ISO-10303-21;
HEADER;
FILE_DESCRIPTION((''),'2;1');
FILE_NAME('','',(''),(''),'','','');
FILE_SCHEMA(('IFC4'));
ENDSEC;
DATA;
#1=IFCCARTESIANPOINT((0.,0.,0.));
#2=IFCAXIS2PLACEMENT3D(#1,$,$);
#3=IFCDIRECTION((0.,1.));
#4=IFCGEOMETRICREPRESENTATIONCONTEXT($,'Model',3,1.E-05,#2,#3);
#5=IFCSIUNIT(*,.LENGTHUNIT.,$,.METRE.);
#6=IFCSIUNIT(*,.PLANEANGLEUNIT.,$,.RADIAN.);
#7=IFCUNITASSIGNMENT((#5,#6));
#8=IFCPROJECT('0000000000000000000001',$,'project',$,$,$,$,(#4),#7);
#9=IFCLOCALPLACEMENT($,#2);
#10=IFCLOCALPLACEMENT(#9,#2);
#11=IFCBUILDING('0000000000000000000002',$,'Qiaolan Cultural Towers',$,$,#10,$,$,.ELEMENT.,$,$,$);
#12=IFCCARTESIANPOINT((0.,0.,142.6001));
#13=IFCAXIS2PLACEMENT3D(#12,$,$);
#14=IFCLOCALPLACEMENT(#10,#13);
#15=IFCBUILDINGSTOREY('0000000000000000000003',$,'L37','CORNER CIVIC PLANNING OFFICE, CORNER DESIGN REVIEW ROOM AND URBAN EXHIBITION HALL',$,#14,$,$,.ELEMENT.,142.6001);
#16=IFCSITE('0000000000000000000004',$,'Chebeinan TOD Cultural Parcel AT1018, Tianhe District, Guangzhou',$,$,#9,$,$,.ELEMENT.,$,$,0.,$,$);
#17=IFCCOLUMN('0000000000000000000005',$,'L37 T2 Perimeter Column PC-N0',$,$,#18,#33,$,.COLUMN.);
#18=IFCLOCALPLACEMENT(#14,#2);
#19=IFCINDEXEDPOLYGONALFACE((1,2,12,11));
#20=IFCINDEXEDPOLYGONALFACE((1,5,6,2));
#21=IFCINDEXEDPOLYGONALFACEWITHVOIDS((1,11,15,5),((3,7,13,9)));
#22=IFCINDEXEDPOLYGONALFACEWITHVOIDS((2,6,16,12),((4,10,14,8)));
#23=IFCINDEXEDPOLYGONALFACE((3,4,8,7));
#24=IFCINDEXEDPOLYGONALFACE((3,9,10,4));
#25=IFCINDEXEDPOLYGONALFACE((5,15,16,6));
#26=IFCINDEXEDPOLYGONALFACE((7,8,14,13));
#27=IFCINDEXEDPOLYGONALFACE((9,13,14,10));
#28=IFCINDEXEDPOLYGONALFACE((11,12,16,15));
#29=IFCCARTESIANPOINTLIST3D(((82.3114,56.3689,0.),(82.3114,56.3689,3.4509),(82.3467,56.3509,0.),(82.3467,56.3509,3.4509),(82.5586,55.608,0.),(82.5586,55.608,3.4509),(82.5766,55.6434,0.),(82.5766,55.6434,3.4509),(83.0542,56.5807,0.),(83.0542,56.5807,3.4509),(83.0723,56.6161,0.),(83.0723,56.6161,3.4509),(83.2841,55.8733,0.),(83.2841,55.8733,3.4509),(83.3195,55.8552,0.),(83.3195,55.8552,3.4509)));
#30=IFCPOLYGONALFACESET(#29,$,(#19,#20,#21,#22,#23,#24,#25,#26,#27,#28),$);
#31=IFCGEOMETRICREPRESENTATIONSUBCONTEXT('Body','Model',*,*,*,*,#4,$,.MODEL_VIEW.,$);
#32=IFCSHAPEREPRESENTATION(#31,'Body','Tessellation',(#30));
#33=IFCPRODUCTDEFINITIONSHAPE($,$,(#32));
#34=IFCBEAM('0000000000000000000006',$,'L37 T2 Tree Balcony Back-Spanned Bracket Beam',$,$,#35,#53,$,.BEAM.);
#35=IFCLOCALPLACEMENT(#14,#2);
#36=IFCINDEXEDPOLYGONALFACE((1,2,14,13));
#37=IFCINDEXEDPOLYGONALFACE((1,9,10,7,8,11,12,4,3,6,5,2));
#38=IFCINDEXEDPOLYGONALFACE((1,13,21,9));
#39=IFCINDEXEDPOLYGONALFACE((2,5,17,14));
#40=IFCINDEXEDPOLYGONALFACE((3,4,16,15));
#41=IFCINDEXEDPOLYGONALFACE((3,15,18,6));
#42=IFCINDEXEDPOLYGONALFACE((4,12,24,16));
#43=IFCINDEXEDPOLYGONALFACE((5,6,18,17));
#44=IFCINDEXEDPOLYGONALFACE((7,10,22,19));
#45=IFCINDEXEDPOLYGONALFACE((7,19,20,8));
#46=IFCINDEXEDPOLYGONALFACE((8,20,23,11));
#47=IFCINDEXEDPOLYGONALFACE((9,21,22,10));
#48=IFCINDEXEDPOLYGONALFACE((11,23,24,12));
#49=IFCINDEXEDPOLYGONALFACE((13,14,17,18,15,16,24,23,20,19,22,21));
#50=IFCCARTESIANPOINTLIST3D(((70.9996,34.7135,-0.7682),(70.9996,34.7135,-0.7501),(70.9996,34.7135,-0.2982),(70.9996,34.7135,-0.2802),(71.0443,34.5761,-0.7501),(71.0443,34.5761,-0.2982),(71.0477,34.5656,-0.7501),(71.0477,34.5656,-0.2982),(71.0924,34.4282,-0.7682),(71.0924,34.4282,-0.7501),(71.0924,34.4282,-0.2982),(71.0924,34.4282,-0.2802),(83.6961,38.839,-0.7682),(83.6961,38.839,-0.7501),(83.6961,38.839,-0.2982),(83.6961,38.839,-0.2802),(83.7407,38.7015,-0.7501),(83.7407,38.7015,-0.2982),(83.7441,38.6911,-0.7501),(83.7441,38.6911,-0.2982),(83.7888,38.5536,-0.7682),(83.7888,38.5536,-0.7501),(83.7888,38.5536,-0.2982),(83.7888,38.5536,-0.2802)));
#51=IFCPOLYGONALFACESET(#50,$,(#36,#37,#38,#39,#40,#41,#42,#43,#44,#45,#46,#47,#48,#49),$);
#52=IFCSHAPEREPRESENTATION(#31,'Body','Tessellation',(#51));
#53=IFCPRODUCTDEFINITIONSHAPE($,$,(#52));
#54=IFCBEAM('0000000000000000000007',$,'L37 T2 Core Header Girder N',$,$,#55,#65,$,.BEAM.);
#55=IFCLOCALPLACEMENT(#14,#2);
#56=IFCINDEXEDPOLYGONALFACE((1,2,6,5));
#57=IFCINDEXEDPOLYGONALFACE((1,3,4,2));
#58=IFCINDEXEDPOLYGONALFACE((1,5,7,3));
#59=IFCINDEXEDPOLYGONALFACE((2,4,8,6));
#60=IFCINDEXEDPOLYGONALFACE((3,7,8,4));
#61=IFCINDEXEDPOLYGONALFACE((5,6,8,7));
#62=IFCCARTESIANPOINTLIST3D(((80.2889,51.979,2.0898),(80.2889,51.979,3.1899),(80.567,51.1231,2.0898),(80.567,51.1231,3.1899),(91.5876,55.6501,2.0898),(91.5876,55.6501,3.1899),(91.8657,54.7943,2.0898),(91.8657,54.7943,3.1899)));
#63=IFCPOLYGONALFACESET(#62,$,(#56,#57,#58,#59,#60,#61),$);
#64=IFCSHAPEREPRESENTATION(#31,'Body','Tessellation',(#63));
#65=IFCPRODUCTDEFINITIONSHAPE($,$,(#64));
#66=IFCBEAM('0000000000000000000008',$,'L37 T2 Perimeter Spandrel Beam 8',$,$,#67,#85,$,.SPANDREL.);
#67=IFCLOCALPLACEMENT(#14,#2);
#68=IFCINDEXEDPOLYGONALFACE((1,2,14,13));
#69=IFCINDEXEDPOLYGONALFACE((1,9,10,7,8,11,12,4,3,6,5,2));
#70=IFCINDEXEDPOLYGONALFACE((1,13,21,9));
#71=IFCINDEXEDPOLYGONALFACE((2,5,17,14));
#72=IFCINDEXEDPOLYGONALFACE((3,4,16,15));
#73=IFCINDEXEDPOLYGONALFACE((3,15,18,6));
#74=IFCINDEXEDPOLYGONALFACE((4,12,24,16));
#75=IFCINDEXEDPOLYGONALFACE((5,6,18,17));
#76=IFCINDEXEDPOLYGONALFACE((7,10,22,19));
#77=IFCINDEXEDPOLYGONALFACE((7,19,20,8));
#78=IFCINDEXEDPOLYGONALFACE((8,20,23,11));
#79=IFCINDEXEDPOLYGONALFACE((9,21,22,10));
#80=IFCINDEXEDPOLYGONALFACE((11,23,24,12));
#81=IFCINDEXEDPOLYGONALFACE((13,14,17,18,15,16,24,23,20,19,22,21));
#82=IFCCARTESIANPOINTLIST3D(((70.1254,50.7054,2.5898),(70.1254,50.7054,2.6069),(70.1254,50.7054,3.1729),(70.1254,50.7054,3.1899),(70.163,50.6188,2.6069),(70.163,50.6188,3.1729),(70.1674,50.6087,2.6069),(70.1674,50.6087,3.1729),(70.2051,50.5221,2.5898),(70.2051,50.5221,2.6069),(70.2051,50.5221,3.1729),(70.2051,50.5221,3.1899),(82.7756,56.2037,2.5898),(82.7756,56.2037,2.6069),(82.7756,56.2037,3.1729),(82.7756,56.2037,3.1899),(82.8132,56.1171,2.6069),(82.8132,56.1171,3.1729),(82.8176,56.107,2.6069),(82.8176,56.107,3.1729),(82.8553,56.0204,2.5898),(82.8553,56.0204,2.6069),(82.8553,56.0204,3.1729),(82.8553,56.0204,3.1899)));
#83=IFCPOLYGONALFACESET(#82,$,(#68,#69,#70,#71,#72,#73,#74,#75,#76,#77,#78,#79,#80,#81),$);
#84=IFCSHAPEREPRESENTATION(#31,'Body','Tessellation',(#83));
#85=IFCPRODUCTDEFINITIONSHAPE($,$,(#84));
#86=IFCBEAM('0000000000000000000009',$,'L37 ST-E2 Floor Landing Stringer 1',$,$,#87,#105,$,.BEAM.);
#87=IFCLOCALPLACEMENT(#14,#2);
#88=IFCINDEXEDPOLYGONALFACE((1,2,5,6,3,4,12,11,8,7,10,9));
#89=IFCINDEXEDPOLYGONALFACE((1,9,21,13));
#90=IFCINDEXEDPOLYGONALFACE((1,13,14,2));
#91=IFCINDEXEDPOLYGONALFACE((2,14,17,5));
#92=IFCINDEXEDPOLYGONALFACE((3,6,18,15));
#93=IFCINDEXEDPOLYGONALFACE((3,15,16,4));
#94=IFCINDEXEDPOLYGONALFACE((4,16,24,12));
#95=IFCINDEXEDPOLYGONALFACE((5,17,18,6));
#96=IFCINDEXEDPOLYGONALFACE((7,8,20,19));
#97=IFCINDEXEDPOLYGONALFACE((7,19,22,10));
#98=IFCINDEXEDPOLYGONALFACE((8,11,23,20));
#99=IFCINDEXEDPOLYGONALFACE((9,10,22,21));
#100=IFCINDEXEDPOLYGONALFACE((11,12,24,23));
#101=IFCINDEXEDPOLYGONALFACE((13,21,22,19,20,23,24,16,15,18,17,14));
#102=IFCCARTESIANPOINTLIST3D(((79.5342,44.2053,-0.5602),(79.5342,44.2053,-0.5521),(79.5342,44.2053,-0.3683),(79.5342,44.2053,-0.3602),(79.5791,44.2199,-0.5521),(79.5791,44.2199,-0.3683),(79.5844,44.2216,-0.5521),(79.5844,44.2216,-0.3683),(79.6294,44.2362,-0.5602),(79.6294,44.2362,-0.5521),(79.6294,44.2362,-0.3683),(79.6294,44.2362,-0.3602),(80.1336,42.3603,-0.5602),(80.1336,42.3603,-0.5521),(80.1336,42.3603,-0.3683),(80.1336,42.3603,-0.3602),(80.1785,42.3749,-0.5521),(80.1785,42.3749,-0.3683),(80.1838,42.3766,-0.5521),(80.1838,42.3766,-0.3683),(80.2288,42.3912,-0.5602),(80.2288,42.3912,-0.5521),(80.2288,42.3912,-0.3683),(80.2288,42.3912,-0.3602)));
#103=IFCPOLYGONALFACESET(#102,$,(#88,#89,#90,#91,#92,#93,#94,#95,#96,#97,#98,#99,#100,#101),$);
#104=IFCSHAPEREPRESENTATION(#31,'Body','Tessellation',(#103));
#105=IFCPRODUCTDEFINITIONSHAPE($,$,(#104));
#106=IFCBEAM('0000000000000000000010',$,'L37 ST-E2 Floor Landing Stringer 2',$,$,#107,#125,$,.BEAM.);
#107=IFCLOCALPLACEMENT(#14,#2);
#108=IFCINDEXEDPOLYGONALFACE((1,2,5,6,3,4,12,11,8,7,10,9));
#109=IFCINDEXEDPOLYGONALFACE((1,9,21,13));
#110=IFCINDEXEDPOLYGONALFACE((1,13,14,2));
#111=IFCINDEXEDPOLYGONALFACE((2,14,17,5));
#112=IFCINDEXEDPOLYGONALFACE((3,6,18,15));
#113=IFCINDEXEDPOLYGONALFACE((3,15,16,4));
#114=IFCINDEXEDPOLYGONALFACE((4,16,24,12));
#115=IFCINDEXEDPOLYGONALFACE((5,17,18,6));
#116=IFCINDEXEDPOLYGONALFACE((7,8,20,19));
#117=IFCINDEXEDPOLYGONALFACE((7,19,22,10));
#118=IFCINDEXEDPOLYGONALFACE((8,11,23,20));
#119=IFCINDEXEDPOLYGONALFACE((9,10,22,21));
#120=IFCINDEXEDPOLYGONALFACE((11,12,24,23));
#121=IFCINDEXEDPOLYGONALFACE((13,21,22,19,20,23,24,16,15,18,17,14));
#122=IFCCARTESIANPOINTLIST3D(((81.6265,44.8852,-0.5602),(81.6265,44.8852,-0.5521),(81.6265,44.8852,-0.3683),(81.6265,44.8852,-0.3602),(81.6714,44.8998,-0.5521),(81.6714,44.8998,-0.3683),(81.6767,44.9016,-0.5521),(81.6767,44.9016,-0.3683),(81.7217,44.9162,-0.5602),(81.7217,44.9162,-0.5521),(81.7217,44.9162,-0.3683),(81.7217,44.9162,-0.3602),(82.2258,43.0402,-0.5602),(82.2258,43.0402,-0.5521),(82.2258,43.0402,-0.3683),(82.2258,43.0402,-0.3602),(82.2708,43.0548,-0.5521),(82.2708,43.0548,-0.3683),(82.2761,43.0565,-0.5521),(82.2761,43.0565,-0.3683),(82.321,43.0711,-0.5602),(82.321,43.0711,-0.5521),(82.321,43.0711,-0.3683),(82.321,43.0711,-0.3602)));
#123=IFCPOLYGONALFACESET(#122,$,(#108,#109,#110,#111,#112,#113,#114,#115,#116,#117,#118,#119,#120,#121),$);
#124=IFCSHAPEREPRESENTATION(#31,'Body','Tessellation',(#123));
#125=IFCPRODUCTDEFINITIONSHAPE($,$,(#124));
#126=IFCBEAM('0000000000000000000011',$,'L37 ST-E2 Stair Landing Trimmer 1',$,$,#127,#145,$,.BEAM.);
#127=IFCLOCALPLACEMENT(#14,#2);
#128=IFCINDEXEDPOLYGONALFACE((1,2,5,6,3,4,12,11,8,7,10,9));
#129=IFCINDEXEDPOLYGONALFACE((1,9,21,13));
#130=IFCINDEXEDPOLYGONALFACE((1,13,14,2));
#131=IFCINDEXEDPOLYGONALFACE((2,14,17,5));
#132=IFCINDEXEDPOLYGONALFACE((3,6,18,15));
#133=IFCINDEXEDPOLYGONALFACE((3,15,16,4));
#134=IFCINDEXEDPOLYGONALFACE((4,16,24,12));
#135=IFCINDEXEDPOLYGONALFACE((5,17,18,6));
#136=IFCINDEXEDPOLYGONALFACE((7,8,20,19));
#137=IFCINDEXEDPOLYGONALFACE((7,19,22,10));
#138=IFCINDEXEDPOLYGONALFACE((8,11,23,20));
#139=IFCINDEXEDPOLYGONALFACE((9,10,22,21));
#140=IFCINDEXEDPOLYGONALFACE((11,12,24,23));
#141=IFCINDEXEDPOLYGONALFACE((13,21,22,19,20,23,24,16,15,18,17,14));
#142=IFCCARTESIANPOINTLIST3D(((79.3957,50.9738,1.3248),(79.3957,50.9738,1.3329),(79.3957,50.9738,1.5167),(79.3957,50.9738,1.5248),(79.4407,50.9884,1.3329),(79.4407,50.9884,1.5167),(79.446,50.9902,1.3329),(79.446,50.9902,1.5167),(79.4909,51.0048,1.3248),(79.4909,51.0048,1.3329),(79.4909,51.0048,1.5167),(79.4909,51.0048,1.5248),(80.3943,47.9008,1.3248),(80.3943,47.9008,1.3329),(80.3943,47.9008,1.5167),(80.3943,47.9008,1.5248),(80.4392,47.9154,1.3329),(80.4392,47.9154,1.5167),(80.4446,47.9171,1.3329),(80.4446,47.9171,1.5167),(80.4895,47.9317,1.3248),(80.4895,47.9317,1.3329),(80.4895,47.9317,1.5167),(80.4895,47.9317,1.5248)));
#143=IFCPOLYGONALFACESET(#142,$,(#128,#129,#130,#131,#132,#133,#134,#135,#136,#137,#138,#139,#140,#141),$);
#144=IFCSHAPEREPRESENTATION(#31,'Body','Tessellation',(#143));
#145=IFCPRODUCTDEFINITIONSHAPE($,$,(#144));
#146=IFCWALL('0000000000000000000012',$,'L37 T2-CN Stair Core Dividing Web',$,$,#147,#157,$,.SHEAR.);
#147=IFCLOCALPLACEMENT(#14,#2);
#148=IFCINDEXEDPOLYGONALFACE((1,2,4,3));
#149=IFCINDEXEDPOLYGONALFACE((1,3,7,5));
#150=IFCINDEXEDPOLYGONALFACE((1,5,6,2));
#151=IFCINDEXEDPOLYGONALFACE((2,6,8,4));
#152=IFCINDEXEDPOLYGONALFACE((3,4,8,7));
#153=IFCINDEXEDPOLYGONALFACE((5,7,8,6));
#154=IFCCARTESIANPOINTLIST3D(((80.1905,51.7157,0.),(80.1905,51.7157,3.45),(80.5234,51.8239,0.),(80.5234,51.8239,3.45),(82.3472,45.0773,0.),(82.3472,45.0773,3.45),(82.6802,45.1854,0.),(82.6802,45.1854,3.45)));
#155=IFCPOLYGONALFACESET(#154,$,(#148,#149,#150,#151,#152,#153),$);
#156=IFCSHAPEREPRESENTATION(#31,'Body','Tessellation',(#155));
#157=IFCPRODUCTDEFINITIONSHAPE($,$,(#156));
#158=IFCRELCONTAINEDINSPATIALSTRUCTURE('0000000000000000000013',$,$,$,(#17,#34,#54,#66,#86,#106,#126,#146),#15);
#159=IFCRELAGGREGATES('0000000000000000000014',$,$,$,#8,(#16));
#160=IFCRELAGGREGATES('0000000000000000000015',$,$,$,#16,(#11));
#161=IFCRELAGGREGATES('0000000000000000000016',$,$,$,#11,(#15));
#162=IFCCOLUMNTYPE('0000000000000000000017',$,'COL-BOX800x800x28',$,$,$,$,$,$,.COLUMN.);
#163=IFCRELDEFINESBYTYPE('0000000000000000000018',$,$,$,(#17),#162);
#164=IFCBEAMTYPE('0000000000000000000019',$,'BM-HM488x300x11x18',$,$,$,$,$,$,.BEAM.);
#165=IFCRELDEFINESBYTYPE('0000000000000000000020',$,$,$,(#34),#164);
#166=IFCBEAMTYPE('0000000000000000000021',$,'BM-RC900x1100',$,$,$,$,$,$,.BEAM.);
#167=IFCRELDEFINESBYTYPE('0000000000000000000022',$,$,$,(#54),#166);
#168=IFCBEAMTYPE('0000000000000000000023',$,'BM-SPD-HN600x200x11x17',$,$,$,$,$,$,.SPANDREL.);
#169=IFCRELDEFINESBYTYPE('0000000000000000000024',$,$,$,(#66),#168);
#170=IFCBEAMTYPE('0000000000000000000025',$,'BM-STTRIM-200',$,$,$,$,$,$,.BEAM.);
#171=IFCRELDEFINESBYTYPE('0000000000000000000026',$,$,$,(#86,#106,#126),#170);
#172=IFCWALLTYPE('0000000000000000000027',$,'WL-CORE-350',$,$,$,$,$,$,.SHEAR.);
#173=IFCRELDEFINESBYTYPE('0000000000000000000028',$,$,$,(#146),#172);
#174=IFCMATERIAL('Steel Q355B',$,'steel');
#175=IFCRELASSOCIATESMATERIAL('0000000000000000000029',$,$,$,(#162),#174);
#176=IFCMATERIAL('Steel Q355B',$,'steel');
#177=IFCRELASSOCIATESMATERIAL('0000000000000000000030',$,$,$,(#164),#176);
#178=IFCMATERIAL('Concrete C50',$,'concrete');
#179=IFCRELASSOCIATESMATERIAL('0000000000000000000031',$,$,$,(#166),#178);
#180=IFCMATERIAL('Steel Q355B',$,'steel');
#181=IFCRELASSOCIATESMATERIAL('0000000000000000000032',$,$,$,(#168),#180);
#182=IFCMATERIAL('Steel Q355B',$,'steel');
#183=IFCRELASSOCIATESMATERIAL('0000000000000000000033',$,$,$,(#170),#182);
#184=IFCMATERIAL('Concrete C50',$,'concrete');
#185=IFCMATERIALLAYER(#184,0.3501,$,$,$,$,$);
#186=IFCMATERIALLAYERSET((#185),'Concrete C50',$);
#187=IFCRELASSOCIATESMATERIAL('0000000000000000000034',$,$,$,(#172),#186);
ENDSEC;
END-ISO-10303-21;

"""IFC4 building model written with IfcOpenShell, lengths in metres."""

from ifc_helpers import new_model, si_unit, direction, frame, frame_2d, origin, origin_2d, place, context, subcontext, project, spatial, rectangle, hollow_rectangle, i_section, extrude, material, layer, layer_set, material_profile, profile_set, type_object, element, save


model = new_model("IFC4")

# Units and contexts
model_context = context("Model", 3, precision=1e-05, world=origin(), true_north=direction((0.0, 1.0)))
body_context = subcontext(model_context, "Body", "Model", "MODEL_VIEW")
ifc_project = project(units=[si_unit("LENGTHUNIT", "METRE"), si_unit("PLANEANGLEUNIT", "RADIAN")], contexts=[model_context])

# Site, building, storey
site_placement = place(None, origin())
site = spatial("IfcSite", under=ifc_project, at=site_placement, Name="Chebeinan TOD Cultural Parcel AT1018, Tianhe District, Guangzhou", CompositionType="ELEMENT", RefElevation=0.0)
building_placement = place(site_placement, origin())
building = spatial("IfcBuilding", under=site, at=building_placement, Name="Qiaolan Cultural Towers", CompositionType="ELEMENT")
storey_placement = place(building_placement, frame((0.0, 0.0, 142.6001)))
storey = spatial("IfcBuildingStorey", under=building, at=storey_placement, Name="L37", Description="CORNER CIVIC PLANNING OFFICE, CORNER DESIGN REVIEW ROOM AND URBAN EXHIBITION HALL", CompositionType="ELEMENT", Elevation=142.6001)

# Column
ifc_material_1 = material(Name="Steel Q355B", Category="steel")
ifc_material_profile_1 = material_profile(ifc_material_1, hollow_rectangle(XDim=0.8, YDim=0.8, WallThickness=0.0281, at=origin_2d()), Name="BOX800x800x28")
ifc_profile_set_1 = profile_set([ifc_material_profile_1], Name="Steel Q355B")
column_type = type_object("IfcColumnType", Name="COL-BOX800x800x28", PredefinedType="COLUMN", material=ifc_profile_set_1)
column_placement = place(storey_placement, frame((82.8154, 56.1121, 0.0), z_axis=(0.0, 0.0, 1.0), x_axis=(0.951057, 0.309017, 0.0)))
element("IfcColumn", 1, at=column_placement, inside=storey, type_object=column_type, Name="L37 T2 Perimeter Column PC-N0", PredefinedType="COLUMN", context=body_context, shape_type="SweptSolid", body=[
    extrude(hollow_rectangle(XDim=0.8, YDim=0.8, WallThickness=0.0281, at=origin_2d()), origin(), (0.0, 0.0, 1.0), 3.4509),
])

# Beams
ifc_material_2 = material(Name="Steel Q355B", Category="steel")
ifc_material_profile_2 = material_profile(ifc_material_2, i_section(OverallWidth=0.3, OverallDepth=0.488, WebThickness=0.011, FlangeThickness=0.0181, at=origin_2d()), Name="HM488x300x11x18")
ifc_profile_set_2 = profile_set([ifc_material_profile_2], Name="Steel Q355B")
beam_type_1 = type_object("IfcBeamType", Name="BM-HM488x300x11x18", PredefinedType="BEAM", material=ifc_profile_set_2)
beam_1_placement = place(storey_placement, frame((83.7424, 38.6963, -0.5242), z_axis=(-0.951054, -0.309026, 0.0), x_axis=(0.309026, -0.951054, 0.0)))
element("IfcBeam", 2, at=beam_1_placement, inside=storey, type_object=beam_type_1, Name="L37 T2 Tree Balcony Back-Spanned Bracket Beam", PredefinedType="BEAM", context=body_context, shape_type="SweptSolid", body=[
    extrude(i_section(OverallWidth=0.3, OverallDepth=0.488, WebThickness=0.011, FlangeThickness=0.0181, at=origin_2d()), origin(), (0.0, 0.0, 1.0), 13.3499),
])
ifc_material_3 = material(Name="Concrete C50", Category="concrete")
ifc_material_profile_3 = material_profile(ifc_material_3, rectangle(XDim=0.8999, YDim=1.1001, at=origin_2d()), Name="RC900x1100")
ifc_profile_set_3 = profile_set([ifc_material_profile_3], Name="Concrete C50")
beam_type_2 = type_object("IfcBeamType", Name="BM-RC900x1100", PredefinedType="BEAM", material=ifc_profile_set_3)
beam_2_placement = place(storey_placement, frame((80.428, 51.551, 2.6399), z_axis=(0.951056, 0.309018, 0.0), x_axis=(-0.309018, 0.951056, 0.0)))
element("IfcBeam", 3, at=beam_2_placement, inside=storey, type_object=beam_type_2, Name="L37 T2 Core Header Girder N", PredefinedType="BEAM", context=body_context, shape_type="SweptSolid", body=[
    extrude(rectangle(XDim=0.8999, YDim=1.1001, at=origin_2d()), origin(), (0.0, 0.0, 1.0), 11.8801),
])
ifc_material_4 = material(Name="Steel Q355B", Category="steel")
ifc_material_profile_4 = material_profile(ifc_material_4, i_section(OverallWidth=0.2, OverallDepth=0.6001, WebThickness=0.011, FlangeThickness=0.0171, at=origin_2d()), Name="HN600x200x11x17")
ifc_profile_set_4 = profile_set([ifc_material_profile_4], Name="Steel Q355B")
beam_type_3 = type_object("IfcBeamType", Name="BM-SPD-HN600x200x11x17", PredefinedType="SPANDREL", material=ifc_profile_set_4)
beam_3_placement = place(storey_placement, frame((82.8154, 56.1121, 2.8899), z_axis=(-0.917117, -0.398618, 0.0), x_axis=(0.398618, -0.917117, 0.0)))
element("IfcBeam", 4, at=beam_3_placement, inside=storey, type_object=beam_type_3, Name="L37 T2 Perimeter Spandrel Beam 8", PredefinedType="SPANDREL", context=body_context, shape_type="SweptSolid", body=[
    extrude(i_section(OverallWidth=0.2, OverallDepth=0.6001, WebThickness=0.011, FlangeThickness=0.0171, at=origin_2d()), origin(), (0.0, 0.0, 1.0), 13.7935),
])
ifc_material_5 = material(Name="Steel Q355B", Category="steel")
ifc_material_profile_5 = material_profile(ifc_material_5, i_section(OverallWidth=0.1001, OverallDepth=0.2, WebThickness=0.0056, FlangeThickness=0.0081, at=origin_2d()), Name="HN200x100x5.5x8")
ifc_profile_set_5 = profile_set([ifc_material_profile_5], Name="Steel Q355B")
beam_type_4 = type_object("IfcBeamType", Name="BM-STTRIM-200", PredefinedType="BEAM", material=ifc_profile_set_5)
for number, where, z_axis, x_axis, name in (
    (5, (80.1812, 42.3757, -0.4602), (-0.308969, 0.951072, 0.0), (-0.951072, -0.308969, 0.0), "L37 ST-E2 Floor Landing Stringer 1"),
    (6, (82.2734, 43.0557, -0.4602), (-0.308969, 0.951072, 0.0), (-0.951072, -0.308969, 0.0), "L37 ST-E2 Floor Landing Stringer 2"),
):
    element("IfcBeam", number, at=place(storey_placement, frame(where, z_axis=z_axis, x_axis=x_axis)), inside=storey, type_object=beam_type_4, Name=name, PredefinedType="BEAM", context=body_context, shape_type="SweptSolid", body=[
        extrude(i_section(OverallWidth=0.1001, OverallDepth=0.2, WebThickness=0.0056, FlangeThickness=0.0081, at=origin_2d()), origin(), (0.0, 0.0, 1.0), 1.9399),
    ])
beam_4_placement = place(storey_placement, frame((80.4419, 47.9163, 1.4248), z_axis=(-0.309033, 0.951051, 0.0), x_axis=(-0.951051, -0.309033, 0.0)))
element("IfcBeam", 7, at=beam_4_placement, inside=storey, type_object=beam_type_4, Name="L37 ST-E2 Stair Landing Trimmer 1", PredefinedType="BEAM", context=body_context, shape_type="SweptSolid", body=[
    extrude(i_section(OverallWidth=0.1001, OverallDepth=0.2, WebThickness=0.0056, FlangeThickness=0.0081, at=origin_2d()), origin(), (0.0, 0.0, 1.0), 3.2312),
])

# Wall
ifc_material_6 = material(Name="Concrete C50", Category="concrete")
ifc_layer_1 = layer(ifc_material_6, 0.3501)
ifc_layer_set_1 = layer_set([ifc_layer_1], Name="Concrete C50")
wall_type_1 = type_object("IfcWallType", Name="WL-CORE-350", PredefinedType="SHEAR", material=ifc_layer_set_1)
wall_1_placement = place(storey_placement, frame((82.5137, 45.1313, 0.0), z_axis=(0.0, 0.0, 1.0), x_axis=(-0.308989, 0.951066, 0.0)))
element("IfcWall", 8, at=wall_1_placement, inside=storey, type_object=wall_type_1, Name="L37 T2-CN Stair Core Dividing Web", PredefinedType="SHEAR", context=body_context, shape_type="SweptSolid", body=[
    extrude(rectangle(XDim=6.98, YDim=0.3501, at=frame_2d((3.49, 0.0))), origin(), (0.0, 0.0, 1.0), 3.45),
])

save(model, "model.ifc")
